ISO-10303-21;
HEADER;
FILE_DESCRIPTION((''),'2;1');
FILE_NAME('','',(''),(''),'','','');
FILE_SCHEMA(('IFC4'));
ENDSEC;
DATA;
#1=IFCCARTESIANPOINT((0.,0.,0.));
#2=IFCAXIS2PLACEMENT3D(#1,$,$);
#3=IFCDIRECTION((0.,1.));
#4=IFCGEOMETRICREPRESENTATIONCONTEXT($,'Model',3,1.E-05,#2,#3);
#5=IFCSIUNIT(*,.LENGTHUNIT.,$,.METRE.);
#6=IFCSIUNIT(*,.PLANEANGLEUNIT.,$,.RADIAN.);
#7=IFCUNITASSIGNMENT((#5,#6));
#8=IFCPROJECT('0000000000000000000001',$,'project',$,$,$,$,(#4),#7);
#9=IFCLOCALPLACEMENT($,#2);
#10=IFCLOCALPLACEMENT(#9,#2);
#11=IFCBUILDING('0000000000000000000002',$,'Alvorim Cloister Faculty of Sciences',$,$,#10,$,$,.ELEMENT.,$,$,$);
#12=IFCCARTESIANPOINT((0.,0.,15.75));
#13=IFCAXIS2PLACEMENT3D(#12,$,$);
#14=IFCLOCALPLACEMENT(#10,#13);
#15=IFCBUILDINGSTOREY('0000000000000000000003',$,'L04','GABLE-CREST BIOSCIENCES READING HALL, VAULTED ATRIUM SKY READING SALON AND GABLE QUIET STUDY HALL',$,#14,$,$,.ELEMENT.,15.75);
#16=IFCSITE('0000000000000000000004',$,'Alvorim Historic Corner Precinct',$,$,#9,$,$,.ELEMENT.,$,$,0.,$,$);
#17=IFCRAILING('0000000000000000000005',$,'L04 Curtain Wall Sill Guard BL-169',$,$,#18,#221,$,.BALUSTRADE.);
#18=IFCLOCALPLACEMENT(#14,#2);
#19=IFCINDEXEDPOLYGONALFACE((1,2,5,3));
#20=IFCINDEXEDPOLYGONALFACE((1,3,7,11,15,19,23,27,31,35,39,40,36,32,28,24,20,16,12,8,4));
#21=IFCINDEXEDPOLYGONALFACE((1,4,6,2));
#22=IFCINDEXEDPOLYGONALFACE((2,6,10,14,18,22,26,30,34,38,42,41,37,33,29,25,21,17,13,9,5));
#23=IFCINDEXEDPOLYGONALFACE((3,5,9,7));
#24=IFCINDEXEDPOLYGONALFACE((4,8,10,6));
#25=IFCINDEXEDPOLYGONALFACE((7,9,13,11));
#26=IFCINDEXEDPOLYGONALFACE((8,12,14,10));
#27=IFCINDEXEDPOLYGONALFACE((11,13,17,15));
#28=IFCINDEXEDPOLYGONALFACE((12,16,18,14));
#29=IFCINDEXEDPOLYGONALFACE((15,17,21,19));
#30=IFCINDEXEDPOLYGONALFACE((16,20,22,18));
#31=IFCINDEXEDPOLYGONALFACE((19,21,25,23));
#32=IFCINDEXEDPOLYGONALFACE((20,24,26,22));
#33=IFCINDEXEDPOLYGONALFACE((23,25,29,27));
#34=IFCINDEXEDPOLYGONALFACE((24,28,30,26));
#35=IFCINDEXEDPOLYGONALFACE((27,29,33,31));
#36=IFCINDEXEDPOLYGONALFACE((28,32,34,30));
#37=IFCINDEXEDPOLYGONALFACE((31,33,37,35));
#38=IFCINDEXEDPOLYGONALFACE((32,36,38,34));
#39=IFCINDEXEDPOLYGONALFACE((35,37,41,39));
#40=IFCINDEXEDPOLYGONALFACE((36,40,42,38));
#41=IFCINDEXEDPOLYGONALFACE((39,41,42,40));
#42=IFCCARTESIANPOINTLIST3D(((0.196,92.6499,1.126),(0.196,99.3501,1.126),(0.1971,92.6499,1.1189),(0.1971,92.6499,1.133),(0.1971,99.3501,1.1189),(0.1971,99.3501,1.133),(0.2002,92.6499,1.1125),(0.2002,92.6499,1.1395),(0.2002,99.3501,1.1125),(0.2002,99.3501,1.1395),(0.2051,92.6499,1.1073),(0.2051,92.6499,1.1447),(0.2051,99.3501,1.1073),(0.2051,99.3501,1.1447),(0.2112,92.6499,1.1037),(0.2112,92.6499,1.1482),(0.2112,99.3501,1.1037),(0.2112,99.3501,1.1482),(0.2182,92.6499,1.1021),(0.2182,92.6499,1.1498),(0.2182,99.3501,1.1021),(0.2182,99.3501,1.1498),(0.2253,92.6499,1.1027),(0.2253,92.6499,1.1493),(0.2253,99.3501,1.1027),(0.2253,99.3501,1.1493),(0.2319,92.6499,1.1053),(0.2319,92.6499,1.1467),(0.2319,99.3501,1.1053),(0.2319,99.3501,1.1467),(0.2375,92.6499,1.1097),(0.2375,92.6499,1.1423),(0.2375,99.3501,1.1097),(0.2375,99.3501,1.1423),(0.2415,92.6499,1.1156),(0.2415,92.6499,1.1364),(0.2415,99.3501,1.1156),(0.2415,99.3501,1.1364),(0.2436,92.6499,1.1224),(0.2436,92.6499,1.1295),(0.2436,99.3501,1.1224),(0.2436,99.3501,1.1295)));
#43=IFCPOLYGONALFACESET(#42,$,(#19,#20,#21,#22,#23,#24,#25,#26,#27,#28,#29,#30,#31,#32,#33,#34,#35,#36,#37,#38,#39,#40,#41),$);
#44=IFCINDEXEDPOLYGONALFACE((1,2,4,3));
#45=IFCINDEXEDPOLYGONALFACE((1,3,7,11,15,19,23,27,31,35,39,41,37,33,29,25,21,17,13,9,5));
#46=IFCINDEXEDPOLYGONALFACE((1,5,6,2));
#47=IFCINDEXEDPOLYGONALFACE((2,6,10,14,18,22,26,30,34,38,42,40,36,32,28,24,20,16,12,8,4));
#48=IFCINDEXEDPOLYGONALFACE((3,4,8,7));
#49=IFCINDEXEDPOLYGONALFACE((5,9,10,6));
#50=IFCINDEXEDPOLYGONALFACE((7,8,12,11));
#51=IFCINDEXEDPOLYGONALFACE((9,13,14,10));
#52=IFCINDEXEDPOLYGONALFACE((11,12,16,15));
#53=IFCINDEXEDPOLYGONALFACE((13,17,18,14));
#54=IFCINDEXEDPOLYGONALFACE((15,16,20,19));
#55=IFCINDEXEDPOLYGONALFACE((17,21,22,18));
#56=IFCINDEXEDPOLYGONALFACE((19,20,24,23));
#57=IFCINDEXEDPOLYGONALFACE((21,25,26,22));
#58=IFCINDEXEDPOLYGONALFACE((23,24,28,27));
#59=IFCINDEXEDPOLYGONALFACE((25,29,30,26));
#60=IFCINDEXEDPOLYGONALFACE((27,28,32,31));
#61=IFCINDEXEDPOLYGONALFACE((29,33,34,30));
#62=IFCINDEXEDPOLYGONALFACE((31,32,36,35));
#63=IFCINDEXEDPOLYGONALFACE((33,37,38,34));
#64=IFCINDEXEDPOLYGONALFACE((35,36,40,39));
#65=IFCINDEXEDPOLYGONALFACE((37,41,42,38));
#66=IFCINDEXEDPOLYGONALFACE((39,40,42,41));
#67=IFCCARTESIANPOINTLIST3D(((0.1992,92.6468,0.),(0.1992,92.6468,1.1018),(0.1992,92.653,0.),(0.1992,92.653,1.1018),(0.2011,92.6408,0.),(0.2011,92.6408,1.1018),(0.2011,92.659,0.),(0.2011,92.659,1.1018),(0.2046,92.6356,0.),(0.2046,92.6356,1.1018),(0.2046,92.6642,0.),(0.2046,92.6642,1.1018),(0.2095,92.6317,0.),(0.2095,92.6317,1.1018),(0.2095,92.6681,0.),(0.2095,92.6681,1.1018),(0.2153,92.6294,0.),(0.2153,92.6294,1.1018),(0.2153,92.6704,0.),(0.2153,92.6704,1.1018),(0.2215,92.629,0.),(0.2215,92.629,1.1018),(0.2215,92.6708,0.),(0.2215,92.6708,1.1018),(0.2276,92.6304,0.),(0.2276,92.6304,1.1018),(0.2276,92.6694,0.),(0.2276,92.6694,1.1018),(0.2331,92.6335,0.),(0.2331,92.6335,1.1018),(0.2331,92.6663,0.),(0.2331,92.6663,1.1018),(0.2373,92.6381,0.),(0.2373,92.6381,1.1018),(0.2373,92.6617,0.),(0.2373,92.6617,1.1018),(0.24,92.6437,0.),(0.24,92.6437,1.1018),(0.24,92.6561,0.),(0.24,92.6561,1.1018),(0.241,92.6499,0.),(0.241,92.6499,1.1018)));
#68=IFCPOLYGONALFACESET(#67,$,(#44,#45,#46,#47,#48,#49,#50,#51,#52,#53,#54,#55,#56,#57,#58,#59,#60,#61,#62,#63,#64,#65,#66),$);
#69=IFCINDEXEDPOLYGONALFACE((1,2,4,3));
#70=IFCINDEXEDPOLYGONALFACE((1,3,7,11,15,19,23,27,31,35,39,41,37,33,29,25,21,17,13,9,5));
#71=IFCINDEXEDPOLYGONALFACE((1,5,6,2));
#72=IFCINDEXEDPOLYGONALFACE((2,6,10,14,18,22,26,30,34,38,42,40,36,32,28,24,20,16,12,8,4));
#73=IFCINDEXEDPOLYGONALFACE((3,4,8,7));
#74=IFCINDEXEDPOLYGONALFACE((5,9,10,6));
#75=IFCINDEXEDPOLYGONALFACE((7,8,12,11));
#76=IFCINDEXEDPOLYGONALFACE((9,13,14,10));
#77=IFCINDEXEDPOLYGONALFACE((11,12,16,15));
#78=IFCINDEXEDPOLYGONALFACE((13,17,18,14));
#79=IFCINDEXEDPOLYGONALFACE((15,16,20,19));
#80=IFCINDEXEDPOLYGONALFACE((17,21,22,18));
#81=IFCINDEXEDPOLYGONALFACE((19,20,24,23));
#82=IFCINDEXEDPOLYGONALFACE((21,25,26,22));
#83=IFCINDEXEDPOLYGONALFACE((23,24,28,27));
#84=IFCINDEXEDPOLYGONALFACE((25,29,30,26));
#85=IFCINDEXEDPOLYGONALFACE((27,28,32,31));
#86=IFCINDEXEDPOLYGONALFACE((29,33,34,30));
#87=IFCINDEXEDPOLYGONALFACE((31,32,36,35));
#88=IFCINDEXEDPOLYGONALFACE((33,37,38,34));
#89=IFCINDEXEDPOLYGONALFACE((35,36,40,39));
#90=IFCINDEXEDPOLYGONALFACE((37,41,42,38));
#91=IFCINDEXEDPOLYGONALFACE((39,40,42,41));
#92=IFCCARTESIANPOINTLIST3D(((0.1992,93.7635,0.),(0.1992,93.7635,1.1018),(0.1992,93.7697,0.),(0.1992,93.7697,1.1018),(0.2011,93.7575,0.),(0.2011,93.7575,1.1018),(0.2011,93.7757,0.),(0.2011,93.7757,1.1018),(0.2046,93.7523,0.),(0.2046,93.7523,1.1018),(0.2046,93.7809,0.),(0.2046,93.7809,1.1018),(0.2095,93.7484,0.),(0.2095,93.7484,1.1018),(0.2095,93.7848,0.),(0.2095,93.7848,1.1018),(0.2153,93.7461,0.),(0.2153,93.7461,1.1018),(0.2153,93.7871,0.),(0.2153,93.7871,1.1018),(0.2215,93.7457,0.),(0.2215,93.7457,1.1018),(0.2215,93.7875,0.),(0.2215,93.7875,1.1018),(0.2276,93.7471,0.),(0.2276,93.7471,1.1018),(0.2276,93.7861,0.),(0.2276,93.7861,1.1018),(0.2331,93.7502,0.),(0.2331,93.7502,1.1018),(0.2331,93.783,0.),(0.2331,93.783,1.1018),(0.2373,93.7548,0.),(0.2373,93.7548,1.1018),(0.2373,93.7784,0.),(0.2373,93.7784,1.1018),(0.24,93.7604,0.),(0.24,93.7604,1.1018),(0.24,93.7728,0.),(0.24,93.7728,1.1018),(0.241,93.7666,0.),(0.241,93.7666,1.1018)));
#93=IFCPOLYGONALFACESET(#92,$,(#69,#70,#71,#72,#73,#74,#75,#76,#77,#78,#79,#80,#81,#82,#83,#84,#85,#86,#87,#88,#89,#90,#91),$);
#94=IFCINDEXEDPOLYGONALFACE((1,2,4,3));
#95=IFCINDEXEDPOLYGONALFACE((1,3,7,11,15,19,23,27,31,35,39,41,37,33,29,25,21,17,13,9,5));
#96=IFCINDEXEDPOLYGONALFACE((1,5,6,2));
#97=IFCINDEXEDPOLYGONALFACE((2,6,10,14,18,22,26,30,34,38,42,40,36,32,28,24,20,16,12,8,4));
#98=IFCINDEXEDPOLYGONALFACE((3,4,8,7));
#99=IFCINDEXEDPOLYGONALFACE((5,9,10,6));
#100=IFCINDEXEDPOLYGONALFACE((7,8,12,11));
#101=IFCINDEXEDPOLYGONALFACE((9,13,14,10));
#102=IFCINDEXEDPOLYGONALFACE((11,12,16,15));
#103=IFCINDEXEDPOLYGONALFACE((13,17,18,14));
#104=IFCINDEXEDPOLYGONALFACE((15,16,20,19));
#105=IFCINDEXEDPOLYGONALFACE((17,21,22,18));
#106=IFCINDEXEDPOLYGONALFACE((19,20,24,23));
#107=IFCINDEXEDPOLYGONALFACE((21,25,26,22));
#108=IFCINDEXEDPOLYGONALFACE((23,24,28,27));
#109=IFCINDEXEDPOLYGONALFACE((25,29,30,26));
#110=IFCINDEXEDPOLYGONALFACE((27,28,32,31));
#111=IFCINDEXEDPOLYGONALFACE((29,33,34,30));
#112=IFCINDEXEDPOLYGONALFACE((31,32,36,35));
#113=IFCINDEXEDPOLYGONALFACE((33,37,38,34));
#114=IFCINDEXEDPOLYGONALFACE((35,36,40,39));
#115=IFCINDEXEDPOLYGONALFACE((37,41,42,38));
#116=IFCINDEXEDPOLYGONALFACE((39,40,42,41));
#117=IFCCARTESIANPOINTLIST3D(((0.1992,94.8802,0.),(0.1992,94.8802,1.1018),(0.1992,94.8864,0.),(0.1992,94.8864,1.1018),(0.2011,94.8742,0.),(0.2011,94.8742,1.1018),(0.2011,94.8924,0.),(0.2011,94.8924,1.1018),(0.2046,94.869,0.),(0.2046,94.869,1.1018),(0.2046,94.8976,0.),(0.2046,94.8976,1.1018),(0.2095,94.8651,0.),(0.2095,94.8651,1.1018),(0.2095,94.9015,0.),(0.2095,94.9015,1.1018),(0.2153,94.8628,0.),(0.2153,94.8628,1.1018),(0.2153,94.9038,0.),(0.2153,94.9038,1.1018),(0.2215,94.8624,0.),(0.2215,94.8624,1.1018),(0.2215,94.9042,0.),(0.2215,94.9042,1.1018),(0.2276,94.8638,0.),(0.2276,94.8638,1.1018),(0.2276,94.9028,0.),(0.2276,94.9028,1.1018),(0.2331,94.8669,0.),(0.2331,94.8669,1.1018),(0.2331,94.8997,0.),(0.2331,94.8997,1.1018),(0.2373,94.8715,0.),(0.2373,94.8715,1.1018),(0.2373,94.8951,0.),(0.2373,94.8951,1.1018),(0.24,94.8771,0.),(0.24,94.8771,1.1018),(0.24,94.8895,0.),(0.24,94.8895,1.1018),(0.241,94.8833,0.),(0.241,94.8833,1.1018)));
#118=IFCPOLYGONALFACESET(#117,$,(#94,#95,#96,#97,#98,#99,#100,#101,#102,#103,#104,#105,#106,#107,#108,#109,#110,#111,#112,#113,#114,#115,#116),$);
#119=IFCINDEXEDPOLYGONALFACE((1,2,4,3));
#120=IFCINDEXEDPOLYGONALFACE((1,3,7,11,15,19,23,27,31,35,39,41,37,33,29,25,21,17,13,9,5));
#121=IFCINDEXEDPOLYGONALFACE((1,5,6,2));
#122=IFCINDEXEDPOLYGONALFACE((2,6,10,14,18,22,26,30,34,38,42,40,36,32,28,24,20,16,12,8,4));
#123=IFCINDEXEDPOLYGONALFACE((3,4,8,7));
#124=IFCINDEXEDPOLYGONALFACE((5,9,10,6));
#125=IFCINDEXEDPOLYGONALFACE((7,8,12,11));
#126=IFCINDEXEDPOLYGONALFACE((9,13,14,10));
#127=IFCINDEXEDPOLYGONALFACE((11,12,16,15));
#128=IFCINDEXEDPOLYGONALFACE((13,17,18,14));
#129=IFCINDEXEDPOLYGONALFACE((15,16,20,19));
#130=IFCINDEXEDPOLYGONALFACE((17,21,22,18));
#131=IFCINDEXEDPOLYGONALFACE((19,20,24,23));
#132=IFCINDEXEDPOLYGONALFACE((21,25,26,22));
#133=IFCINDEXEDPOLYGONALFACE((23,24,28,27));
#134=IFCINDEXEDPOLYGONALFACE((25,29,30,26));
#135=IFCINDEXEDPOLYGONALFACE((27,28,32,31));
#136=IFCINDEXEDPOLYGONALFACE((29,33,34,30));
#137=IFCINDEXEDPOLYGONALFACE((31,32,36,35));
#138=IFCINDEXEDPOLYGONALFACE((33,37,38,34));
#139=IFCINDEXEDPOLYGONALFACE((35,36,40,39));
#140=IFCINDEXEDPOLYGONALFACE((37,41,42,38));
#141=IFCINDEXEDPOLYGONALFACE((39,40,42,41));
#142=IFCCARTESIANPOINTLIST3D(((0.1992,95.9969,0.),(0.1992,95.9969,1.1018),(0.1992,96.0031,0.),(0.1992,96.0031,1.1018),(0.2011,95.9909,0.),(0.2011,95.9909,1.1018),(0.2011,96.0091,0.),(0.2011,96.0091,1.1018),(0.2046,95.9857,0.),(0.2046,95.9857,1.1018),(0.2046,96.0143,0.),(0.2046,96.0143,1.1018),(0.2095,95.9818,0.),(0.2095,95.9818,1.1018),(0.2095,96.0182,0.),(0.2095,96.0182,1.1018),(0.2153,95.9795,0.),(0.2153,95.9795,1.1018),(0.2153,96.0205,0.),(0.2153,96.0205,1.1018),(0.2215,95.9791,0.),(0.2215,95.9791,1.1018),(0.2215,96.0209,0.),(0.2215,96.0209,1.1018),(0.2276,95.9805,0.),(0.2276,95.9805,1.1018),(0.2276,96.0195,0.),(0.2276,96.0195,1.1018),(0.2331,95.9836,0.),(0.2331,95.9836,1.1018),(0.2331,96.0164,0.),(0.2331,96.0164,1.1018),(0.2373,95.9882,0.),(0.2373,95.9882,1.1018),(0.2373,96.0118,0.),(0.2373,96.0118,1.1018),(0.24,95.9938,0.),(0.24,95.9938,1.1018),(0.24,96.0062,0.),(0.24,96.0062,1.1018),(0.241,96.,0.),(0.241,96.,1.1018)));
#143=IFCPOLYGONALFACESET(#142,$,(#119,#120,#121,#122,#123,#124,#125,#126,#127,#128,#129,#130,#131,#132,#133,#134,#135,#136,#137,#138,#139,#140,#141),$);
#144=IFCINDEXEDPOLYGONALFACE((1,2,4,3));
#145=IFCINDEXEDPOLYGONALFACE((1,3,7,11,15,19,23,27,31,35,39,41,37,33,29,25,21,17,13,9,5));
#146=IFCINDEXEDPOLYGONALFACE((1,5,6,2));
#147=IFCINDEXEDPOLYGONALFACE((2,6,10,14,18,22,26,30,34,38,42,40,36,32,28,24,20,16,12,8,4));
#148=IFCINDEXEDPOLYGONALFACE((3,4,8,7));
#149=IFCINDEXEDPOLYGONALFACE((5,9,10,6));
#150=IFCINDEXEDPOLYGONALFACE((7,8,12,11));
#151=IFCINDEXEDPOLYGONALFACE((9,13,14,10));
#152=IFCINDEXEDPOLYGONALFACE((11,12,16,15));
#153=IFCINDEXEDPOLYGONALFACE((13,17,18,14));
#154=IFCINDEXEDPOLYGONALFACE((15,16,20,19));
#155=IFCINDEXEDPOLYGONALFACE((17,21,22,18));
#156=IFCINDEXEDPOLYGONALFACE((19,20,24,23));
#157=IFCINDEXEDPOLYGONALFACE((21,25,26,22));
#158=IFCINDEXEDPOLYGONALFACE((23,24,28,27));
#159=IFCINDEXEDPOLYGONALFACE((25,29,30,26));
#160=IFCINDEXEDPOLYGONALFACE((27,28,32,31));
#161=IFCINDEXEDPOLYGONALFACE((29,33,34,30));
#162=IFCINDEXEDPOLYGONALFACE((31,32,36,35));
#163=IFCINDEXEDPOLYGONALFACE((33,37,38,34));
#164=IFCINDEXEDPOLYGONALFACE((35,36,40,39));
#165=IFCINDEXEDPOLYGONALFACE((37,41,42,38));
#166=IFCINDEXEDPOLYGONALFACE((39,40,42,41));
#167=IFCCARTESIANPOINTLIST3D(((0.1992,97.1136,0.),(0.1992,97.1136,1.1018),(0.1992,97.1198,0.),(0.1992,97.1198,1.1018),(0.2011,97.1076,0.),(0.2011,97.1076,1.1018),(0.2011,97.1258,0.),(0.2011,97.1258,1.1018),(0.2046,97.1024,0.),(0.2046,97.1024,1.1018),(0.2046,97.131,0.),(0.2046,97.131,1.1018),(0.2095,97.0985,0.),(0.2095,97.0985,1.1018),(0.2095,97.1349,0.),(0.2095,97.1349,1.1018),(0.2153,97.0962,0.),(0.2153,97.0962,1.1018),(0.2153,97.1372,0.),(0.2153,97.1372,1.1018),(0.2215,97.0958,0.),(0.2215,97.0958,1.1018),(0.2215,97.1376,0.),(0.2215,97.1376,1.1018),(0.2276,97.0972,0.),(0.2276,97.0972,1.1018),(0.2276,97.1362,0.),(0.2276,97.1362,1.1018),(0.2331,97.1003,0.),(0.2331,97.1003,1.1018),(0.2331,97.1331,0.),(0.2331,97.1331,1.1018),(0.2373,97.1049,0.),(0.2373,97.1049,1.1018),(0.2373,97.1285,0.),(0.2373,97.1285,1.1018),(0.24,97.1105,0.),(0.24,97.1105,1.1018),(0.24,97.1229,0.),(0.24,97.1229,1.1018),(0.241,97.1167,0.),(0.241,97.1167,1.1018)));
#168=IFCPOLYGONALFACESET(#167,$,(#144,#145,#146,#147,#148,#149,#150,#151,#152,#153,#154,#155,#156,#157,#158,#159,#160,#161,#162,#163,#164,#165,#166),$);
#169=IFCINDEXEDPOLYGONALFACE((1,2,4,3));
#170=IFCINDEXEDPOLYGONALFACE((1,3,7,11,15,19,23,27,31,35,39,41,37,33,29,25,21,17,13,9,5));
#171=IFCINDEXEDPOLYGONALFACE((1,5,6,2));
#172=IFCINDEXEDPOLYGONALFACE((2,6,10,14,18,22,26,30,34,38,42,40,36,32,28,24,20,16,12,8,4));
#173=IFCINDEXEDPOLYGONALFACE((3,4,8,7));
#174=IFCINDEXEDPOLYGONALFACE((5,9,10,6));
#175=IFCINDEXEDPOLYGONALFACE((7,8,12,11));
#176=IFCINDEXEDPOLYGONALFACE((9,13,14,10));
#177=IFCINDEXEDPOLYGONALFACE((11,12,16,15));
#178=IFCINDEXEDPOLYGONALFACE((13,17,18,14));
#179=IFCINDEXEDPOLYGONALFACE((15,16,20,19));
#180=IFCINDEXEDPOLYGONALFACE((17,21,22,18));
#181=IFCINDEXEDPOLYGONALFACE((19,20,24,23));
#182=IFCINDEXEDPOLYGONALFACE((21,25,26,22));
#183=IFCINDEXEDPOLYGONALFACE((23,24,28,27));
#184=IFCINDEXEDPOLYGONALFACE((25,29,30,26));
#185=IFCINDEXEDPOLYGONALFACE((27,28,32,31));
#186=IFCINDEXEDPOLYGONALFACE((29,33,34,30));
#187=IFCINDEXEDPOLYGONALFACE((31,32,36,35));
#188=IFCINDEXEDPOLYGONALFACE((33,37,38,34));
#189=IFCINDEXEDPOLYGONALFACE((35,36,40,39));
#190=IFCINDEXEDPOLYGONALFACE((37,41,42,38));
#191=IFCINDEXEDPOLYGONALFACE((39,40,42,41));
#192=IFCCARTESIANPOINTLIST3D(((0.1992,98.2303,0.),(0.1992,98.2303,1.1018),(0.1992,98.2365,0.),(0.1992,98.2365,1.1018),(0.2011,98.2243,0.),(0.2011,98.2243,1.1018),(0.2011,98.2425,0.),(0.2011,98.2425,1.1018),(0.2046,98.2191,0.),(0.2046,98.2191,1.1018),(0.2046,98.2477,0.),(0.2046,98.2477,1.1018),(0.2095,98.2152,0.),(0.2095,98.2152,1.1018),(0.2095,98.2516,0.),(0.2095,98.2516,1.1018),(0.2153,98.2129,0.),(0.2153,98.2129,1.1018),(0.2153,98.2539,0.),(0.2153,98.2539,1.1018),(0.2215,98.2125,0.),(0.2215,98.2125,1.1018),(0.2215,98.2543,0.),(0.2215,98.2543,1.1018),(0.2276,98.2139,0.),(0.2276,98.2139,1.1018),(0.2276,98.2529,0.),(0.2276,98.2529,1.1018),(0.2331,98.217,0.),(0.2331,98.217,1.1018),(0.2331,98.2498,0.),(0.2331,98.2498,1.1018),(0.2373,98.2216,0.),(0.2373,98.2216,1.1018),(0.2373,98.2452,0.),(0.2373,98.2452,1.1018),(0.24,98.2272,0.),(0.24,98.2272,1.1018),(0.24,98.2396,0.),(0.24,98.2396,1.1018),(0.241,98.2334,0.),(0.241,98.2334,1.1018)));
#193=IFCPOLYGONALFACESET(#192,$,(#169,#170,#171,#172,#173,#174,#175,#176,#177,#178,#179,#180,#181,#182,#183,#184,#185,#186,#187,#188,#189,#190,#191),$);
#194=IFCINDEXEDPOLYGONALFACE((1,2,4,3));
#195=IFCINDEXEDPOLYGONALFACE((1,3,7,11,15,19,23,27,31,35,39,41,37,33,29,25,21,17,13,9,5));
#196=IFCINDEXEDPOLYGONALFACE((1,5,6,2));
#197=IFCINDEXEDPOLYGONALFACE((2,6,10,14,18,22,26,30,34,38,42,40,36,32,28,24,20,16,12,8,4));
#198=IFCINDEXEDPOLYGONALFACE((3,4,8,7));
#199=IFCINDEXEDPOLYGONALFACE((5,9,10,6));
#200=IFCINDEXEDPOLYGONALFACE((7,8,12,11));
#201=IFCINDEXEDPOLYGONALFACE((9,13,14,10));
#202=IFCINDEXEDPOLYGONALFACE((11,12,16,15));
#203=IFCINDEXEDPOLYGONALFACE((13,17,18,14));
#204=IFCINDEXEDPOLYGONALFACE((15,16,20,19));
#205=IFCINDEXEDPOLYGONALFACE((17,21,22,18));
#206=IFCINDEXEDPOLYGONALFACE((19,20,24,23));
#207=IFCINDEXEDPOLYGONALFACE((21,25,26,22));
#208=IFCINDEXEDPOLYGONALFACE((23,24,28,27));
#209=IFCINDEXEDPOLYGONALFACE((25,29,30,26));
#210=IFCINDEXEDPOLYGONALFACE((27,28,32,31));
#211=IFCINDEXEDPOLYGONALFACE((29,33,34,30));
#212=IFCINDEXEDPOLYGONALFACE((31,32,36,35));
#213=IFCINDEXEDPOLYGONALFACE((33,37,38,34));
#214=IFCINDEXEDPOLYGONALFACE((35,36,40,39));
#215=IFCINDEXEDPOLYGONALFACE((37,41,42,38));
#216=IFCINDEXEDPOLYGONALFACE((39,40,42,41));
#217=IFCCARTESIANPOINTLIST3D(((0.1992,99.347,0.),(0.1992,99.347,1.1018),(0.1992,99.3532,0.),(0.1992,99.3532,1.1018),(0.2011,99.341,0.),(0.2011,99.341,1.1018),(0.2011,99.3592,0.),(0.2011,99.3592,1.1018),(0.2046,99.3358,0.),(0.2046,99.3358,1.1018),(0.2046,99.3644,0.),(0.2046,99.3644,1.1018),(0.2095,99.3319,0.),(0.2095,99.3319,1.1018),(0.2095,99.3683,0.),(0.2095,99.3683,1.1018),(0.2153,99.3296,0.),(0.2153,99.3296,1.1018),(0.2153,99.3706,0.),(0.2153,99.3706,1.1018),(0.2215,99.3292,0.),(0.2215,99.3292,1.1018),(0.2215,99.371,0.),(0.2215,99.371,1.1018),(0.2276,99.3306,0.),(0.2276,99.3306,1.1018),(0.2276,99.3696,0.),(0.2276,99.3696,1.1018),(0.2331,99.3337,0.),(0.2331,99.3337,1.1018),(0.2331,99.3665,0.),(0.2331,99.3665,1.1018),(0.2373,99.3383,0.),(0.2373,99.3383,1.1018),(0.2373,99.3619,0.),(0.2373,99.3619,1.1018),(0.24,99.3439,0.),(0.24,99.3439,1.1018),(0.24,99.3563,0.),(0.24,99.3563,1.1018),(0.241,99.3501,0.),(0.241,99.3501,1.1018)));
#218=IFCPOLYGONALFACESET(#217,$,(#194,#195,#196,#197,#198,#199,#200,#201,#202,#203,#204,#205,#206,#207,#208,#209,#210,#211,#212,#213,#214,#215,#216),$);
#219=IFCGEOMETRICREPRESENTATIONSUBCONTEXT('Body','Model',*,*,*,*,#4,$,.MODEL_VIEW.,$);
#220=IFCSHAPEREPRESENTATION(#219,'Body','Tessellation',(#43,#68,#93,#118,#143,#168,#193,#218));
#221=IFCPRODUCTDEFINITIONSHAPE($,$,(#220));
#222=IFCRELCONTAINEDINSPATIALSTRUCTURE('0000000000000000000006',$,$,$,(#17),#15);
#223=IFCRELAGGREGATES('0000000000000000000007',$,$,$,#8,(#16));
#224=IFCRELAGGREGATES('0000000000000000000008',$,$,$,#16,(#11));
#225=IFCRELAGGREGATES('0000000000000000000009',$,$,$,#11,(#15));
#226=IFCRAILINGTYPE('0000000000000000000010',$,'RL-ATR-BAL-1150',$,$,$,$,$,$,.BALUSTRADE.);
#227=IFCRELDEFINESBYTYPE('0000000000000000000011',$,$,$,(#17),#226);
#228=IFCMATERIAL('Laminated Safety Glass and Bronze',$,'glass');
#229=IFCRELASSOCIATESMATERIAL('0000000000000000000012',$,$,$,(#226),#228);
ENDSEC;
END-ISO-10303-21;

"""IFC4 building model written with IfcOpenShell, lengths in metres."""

from ifc_helpers import new_model, si_unit, direction, frame, origin, origin_2d, place, context, subcontext, project, spatial, circle, extrude, material, type_object, element, save


model = new_model("IFC4")

# Units and contexts
model_context = context("Model", 3, precision=1e-05, world=origin(), true_north=direction((0.0, 1.0)))
body_context = subcontext(model_context, "Body", "Model", "MODEL_VIEW")
ifc_project = project(units=[si_unit("LENGTHUNIT", "METRE"), si_unit("PLANEANGLEUNIT", "RADIAN")], contexts=[model_context])

# Site, building, storey
site_placement = place(None, origin())
site = spatial("IfcSite", under=ifc_project, at=site_placement, Name="Alvorim Historic Corner Precinct", CompositionType="ELEMENT", RefElevation=0.0)
building_placement = place(site_placement, origin())
building = spatial("IfcBuilding", under=site, at=building_placement, Name="Alvorim Cloister Faculty of Sciences", CompositionType="ELEMENT")
storey_placement = place(building_placement, frame((0.0, 0.0, 15.75)))
storey = spatial("IfcBuildingStorey", under=building, at=storey_placement, Name="L04", Description="GABLE-CREST BIOSCIENCES READING HALL, VAULTED ATRIUM SKY READING SALON AND GABLE QUIET STUDY HALL", CompositionType="ELEMENT", Elevation=15.75)

# Railing
ifc_material_1 = material(Name="Laminated Safety Glass and Bronze", Category="glass")
railing_type = type_object("IfcRailingType", Name="RL-ATR-BAL-1150", PredefinedType="BALUSTRADE", material=ifc_material_1)
railing_1_placement = place(storey_placement, frame((0.22, 92.6499, 0.0)))
element("IfcRailing", 1, at=railing_1_placement, inside=storey, type_object=railing_type, Name="L04 Curtain Wall Sill Guard BL-169", PredefinedType="BALUSTRADE", context=body_context, shape_type="SweptSolid", body=[
    extrude(circle(Radius=0.0239, at=origin_2d()), frame((0.0, 0.0, 1.126), z_axis=(0.0, 1.0, 0.0), x_axis=(-1.0, 0.0, 0.0)), (0.0, 0.0, 1.0), 6.7002),
    extrude(circle(Radius=0.021, at=origin_2d()), origin(), (0.0, 0.0, 1.0), 1.1018),
    extrude(circle(Radius=0.021, at=origin_2d()), frame((0.0, 1.1167, 0.0)), (0.0, 0.0, 1.0), 1.1018),
    extrude(circle(Radius=0.021, at=origin_2d()), frame((0.0, 2.2334, 0.0)), (0.0, 0.0, 1.0), 1.1018),
    extrude(circle(Radius=0.021, at=origin_2d()), frame((0.0, 3.3501, 0.0)), (0.0, 0.0, 1.0), 1.1018),
    extrude(circle(Radius=0.021, at=origin_2d()), frame((0.0, 4.4668, 0.0)), (0.0, 0.0, 1.0), 1.1018),
    extrude(circle(Radius=0.021, at=origin_2d()), frame((0.0, 5.5835, 0.0)), (0.0, 0.0, 1.0), 1.1018),
    extrude(circle(Radius=0.021, at=origin_2d()), frame((0.0, 6.7002, 0.0)), (0.0, 0.0, 1.0), 1.1018),
])

save(model, "model.ifc")
